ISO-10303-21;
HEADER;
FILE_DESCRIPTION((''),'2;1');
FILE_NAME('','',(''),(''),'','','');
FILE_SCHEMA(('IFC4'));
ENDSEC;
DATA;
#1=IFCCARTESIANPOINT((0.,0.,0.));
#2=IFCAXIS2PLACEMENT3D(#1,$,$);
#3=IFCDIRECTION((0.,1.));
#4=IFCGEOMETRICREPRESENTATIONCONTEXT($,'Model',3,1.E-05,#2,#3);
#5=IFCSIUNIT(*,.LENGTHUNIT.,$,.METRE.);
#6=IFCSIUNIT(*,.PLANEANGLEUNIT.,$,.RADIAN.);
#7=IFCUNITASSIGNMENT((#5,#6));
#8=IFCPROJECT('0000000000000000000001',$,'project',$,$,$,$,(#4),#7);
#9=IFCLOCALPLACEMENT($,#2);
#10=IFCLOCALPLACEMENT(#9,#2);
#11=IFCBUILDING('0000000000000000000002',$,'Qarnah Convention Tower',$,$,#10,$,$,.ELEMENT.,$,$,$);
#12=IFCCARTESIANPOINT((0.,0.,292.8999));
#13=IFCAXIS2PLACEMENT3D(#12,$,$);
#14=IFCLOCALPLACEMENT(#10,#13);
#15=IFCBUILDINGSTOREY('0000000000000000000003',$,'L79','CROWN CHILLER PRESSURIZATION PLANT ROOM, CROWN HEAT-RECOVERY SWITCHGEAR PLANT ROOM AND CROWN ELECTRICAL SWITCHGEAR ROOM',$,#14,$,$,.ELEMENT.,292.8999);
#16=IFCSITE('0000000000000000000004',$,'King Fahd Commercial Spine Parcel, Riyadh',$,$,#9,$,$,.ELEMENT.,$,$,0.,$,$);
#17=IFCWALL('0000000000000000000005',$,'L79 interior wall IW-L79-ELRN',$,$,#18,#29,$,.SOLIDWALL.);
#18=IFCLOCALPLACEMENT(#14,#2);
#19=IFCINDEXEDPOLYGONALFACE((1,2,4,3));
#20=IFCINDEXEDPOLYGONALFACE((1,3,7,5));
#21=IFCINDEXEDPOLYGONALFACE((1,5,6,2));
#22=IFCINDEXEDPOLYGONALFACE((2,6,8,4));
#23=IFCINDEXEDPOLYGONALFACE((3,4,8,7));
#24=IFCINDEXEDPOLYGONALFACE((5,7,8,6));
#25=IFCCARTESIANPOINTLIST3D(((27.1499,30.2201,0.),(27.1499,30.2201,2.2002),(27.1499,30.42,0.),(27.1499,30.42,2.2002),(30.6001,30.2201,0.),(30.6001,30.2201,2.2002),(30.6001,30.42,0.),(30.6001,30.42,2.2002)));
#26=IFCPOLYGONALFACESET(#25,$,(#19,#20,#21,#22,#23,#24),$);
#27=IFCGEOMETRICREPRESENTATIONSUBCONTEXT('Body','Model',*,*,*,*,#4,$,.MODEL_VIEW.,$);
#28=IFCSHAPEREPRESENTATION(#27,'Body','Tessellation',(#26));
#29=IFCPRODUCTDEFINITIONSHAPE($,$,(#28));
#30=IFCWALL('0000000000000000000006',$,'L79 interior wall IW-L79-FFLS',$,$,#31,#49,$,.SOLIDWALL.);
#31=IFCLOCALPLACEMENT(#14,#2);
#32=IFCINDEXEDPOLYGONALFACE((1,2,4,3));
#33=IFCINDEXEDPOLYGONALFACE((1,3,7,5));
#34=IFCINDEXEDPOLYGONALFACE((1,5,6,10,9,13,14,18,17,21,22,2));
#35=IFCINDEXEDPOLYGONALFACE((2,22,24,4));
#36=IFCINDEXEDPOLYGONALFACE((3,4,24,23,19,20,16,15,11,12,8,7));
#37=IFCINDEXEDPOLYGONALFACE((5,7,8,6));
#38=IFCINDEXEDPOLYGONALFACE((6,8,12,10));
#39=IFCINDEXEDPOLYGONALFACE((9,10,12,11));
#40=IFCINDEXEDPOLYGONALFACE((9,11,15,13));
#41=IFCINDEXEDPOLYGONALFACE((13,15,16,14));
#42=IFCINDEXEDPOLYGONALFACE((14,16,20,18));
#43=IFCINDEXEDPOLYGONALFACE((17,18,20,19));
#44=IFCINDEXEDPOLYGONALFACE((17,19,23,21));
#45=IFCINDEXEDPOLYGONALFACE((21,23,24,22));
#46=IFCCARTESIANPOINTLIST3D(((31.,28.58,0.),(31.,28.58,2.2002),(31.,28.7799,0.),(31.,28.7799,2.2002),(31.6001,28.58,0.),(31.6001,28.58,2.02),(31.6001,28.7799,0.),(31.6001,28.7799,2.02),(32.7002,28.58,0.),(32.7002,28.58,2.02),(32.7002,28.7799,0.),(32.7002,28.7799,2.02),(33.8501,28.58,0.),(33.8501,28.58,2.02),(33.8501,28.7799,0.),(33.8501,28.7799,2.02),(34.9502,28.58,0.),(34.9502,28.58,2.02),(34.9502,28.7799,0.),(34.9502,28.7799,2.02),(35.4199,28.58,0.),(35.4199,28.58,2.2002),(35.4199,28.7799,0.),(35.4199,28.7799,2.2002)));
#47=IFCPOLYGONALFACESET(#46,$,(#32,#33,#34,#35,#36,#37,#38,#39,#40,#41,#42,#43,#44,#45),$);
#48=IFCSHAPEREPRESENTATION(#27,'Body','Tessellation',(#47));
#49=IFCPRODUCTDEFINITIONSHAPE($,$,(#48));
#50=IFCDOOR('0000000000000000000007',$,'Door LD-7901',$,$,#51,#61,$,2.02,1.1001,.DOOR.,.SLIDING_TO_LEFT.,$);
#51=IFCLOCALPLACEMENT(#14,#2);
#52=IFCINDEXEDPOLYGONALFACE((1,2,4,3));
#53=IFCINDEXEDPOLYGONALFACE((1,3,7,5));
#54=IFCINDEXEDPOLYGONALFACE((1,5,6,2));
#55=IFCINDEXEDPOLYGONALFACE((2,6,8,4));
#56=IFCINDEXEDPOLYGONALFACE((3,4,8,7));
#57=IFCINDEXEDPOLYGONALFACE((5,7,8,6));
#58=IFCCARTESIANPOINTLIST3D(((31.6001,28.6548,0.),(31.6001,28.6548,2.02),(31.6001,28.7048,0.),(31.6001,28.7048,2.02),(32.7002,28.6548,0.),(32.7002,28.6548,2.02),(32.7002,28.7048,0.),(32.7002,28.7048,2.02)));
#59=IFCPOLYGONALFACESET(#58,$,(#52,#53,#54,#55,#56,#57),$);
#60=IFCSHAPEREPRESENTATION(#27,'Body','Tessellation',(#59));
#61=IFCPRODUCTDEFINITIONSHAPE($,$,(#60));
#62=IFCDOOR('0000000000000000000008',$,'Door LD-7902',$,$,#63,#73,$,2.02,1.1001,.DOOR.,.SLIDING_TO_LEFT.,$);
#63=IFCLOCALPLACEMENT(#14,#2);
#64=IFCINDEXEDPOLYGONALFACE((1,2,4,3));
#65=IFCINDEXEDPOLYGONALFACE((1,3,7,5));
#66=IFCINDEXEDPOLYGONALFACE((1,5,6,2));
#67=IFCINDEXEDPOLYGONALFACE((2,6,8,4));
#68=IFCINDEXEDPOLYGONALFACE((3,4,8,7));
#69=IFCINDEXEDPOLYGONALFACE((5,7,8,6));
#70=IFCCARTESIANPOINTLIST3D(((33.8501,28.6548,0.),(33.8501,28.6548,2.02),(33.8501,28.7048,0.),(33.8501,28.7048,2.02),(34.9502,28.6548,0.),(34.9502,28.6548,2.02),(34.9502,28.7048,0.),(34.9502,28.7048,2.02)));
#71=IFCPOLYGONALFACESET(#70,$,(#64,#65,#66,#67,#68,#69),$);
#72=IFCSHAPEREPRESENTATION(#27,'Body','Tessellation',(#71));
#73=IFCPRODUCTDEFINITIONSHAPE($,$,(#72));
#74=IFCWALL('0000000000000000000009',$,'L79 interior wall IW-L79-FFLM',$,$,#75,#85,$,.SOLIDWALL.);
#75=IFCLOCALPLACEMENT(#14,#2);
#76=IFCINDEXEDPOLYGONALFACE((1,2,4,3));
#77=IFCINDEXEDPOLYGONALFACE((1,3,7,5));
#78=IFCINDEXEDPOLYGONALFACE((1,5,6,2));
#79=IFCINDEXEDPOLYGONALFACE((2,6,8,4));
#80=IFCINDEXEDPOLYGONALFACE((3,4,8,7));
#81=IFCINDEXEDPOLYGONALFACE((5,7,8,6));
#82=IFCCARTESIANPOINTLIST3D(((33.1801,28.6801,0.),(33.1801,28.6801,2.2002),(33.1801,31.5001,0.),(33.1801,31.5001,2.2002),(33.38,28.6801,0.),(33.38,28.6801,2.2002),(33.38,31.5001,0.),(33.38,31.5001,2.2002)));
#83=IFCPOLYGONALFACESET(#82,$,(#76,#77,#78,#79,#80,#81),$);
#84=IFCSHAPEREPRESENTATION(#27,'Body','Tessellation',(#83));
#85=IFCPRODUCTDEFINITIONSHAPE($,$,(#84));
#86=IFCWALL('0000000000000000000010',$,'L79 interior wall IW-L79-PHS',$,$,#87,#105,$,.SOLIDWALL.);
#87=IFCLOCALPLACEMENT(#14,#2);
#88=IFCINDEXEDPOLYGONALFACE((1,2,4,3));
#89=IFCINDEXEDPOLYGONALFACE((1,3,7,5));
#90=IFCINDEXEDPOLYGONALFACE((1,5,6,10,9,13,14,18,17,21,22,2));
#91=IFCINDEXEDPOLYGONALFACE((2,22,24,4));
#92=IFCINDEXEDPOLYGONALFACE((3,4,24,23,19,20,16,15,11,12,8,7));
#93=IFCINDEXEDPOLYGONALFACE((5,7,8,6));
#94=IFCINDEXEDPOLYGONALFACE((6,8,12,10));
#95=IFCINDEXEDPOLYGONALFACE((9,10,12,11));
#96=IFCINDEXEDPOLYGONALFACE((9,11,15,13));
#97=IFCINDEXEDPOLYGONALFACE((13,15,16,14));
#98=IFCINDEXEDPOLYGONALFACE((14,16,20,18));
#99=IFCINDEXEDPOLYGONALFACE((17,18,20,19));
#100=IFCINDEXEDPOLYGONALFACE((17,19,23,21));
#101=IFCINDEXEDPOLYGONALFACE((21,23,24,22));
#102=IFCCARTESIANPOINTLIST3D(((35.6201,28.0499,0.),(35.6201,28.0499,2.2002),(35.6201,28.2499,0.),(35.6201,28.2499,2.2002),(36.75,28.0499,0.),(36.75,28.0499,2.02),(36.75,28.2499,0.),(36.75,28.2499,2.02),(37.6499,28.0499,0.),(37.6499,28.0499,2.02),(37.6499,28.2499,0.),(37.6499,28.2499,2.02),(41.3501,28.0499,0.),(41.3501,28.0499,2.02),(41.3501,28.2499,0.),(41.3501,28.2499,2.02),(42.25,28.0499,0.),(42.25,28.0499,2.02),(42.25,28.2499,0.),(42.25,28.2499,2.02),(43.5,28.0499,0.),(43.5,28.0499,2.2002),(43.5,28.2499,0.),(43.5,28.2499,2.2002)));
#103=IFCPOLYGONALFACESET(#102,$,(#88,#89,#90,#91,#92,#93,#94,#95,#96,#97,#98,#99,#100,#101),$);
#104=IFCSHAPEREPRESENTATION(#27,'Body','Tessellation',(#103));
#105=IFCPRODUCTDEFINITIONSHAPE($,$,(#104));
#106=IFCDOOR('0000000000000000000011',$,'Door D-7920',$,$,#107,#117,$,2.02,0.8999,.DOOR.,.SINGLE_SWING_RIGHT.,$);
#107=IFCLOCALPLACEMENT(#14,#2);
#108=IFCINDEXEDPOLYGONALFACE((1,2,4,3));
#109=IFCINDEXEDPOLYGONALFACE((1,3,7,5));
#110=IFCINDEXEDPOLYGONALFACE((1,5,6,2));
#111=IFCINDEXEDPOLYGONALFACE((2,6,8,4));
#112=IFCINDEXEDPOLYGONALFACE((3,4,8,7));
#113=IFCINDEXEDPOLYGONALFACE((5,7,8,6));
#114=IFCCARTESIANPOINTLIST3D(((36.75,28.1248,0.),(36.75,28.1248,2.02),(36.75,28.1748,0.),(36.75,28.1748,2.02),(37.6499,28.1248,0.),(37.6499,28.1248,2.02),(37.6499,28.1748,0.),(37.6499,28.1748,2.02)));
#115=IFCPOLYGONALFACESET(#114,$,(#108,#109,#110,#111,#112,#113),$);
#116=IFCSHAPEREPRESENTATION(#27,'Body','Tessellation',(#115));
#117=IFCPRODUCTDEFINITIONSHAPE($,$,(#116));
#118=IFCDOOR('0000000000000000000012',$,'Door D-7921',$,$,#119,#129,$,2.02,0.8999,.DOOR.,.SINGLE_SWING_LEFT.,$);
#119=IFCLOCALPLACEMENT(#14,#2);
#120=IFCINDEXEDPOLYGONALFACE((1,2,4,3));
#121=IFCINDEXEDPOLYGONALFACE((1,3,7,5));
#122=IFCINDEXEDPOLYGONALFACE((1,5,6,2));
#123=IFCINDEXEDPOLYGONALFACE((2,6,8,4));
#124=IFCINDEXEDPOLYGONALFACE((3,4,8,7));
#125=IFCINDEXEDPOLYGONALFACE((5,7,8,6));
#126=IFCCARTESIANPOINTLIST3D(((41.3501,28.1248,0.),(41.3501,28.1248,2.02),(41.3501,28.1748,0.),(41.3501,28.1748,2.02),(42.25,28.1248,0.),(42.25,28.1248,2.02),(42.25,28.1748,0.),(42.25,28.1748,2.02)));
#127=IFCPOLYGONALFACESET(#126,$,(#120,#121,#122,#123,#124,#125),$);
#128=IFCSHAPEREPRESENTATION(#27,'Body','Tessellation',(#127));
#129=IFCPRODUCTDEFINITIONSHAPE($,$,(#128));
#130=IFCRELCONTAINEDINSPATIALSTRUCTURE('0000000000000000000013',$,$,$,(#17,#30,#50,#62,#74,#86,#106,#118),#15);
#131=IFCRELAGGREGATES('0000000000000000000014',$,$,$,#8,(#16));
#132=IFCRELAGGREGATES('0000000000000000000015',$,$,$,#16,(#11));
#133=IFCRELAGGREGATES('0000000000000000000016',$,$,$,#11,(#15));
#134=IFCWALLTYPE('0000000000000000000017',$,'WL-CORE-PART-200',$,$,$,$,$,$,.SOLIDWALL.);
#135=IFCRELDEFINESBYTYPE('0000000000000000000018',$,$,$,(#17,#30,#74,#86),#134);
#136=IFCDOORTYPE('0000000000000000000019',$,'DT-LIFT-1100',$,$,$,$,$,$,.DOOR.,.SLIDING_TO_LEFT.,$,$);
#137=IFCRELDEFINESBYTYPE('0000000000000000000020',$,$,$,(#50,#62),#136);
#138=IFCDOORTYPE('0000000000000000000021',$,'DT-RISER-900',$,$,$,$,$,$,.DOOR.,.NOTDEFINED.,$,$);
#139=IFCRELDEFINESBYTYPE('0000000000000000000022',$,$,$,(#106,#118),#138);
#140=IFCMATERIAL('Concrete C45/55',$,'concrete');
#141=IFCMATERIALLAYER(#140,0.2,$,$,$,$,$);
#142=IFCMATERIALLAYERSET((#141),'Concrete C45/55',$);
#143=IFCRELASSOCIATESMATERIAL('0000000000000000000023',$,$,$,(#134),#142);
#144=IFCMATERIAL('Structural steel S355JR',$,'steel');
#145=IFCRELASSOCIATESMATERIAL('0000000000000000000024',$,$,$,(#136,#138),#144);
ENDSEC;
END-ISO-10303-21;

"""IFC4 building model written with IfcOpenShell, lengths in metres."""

from ifc_helpers import new_model, si_unit, direction, frame, frame_2d, origin, place, context, subcontext, project, spatial, rectangle, extrude, material, layer, layer_set, type_object, element, fill, save


model = new_model("IFC4")

# Units and contexts
model_context = context("Model", 3, precision=1e-05, world=origin(), true_north=direction((0.0, 1.0)))
body_context = subcontext(model_context, "Body", "Model", "MODEL_VIEW")
ifc_project = project(units=[si_unit("LENGTHUNIT", "METRE"), si_unit("PLANEANGLEUNIT", "RADIAN")], contexts=[model_context])

# Site, building, storey
site_placement = place(None, origin())
site = spatial("IfcSite", under=ifc_project, at=site_placement, Name="King Fahd Commercial Spine Parcel, Riyadh", CompositionType="ELEMENT", RefElevation=0.0)
building_placement = place(site_placement, origin())
building = spatial("IfcBuilding", under=site, at=building_placement, Name="Qarnah Convention Tower", CompositionType="ELEMENT")
storey_placement = place(building_placement, frame((0.0, 0.0, 292.8999)))
storey = spatial("IfcBuildingStorey", under=building, at=storey_placement, Name="L79", Description="CROWN CHILLER PRESSURIZATION PLANT ROOM, CROWN HEAT-RECOVERY SWITCHGEAR PLANT ROOM AND CROWN ELECTRICAL SWITCHGEAR ROOM", CompositionType="ELEMENT", Elevation=292.8999)

# Shared definitions
ifc_material_1 = material(Name="Structural steel S355JR", Category="steel")

# Wall
ifc_material_2 = material(Name="Concrete C45/55", Category="concrete")
ifc_layer_1 = layer(ifc_material_2, 0.2)
ifc_layer_set_1 = layer_set([ifc_layer_1], Name="Concrete C45/55")
wall_type_1 = type_object("IfcWallType", Name="WL-CORE-PART-200", PredefinedType="SOLIDWALL", material=ifc_layer_set_1)
wall_1_placement = place(storey_placement, frame((27.1499, 30.3201, 0.0), z_axis=(0.0, 0.0, 1.0), x_axis=(1.0, 0.0, 0.0)))
element("IfcWall", 1, at=wall_1_placement, inside=storey, type_object=wall_type_1, Name="L79 interior wall IW-L79-ELRN", PredefinedType="SOLIDWALL", context=body_context, shape_type="SweptSolid", body=[
    extrude(rectangle(XDim=3.4502, YDim=0.2, at=frame_2d((1.7251, 0.0))), origin(), (0.0, 0.0, 1.0), 2.2002),
])

# Wall, openings, doors
wall_2_placement = place(storey_placement, frame((31.0, 28.6799, 0.0), z_axis=(0.0, 0.0, 1.0), x_axis=(1.0, 0.0, 0.0)))
wall_2 = element("IfcWall", 2, at=wall_2_placement, inside=storey, type_object=wall_type_1, Name="L79 interior wall IW-L79-FFLS", PredefinedType="SOLIDWALL", context=body_context, shape_type="SweptSolid", body=[
    extrude(rectangle(XDim=4.4199, YDim=0.2, at=frame_2d((2.21, 0.0))), origin(), (0.0, 0.0, 1.0), 2.2002),
])
opening_1_placement = place(wall_2_placement, frame((0.6001, 0.0, 0.0)))
opening_1 = element("IfcOpeningElement", 3, at=opening_1_placement, cuts=wall_2, PredefinedType="OPENING", context=body_context, shape_type="SweptSolid", body=[
    extrude(rectangle(XDim=1.1001, YDim=2.02, at=frame_2d((0.55, 1.01))), frame((0.0, 0.1099, 0.0), z_axis=(0.0, -1.0, 0.0), x_axis=(1.0, 0.0, 0.0)), (0.0, 0.0, 1.0), 0.22),
])
opening_2_placement = place(wall_2_placement, frame((2.8501, 0.0, 0.0)))
opening_2 = element("IfcOpeningElement", 4, at=opening_2_placement, cuts=wall_2, PredefinedType="OPENING", context=body_context, shape_type="SweptSolid", body=[
    extrude(rectangle(XDim=1.1001, YDim=2.02, at=frame_2d((0.55, 1.01))), frame((0.0, 0.1099, 0.0), z_axis=(0.0, -1.0, 0.0), x_axis=(1.0, 0.0, 0.0)), (0.0, 0.0, 1.0), 0.22),
])
door_type_1 = type_object("IfcDoorType", Name="DT-LIFT-1100", OperationType="SLIDING_TO_LEFT", PredefinedType="DOOR", material=ifc_material_1)
door_1_placement = place(opening_1_placement, origin())
door_1 = element("IfcDoor", 5, at=door_1_placement, inside=storey, type_object=door_type_1, Name="Door LD-7901", OperationType="SLIDING_TO_LEFT", OverallHeight=2.02, OverallWidth=1.1001, PredefinedType="DOOR", context=body_context, shape_type="SweptSolid", body=[
    extrude(rectangle(XDim=1.1001, YDim=2.02, at=frame_2d((0.55, 1.01))), frame((0.0, 0.0249, 0.0), z_axis=(0.0, -1.0, 0.0), x_axis=(1.0, 0.0, 0.0)), (0.0, 0.0, 1.0), 0.05),
])
fill(opening_1, door_1)
door_2_placement = place(opening_2_placement, origin())
door_2 = element("IfcDoor", 6, at=door_2_placement, inside=storey, type_object=door_type_1, Name="Door LD-7902", OperationType="SLIDING_TO_LEFT", OverallHeight=2.02, OverallWidth=1.1001, PredefinedType="DOOR", context=body_context, shape_type="SweptSolid", body=[
    extrude(rectangle(XDim=1.1001, YDim=2.02, at=frame_2d((0.55, 1.01))), frame((0.0, 0.0249, 0.0), z_axis=(0.0, -1.0, 0.0), x_axis=(1.0, 0.0, 0.0)), (0.0, 0.0, 1.0), 0.05),
])
fill(opening_2, door_2)

# Wall
wall_3_placement = place(storey_placement, frame((33.28, 28.6799, 0.0), z_axis=(0.0, 0.0, 1.0), x_axis=(0.0, 1.0, 0.0)))
element("IfcWall", 7, at=wall_3_placement, inside=storey, type_object=wall_type_1, Name="L79 interior wall IW-L79-FFLM", PredefinedType="SOLIDWALL", context=body_context, shape_type="SweptSolid", body=[
    extrude(rectangle(XDim=2.8201, YDim=0.2, at=frame_2d((1.4102, 0.0))), origin(), (0.0, 0.0, 1.0), 2.2002),
])

# Wall, openings, doors
wall_4_placement = place(storey_placement, frame((35.6201, 28.1499, 0.0), z_axis=(0.0, 0.0, 1.0), x_axis=(1.0, 0.0, 0.0)))
wall_4 = element("IfcWall", 8, at=wall_4_placement, inside=storey, type_object=wall_type_1, Name="L79 interior wall IW-L79-PHS", PredefinedType="SOLIDWALL", context=body_context, shape_type="SweptSolid", body=[
    extrude(rectangle(XDim=7.8799, YDim=0.2, at=frame_2d((3.9399, 0.0))), origin(), (0.0, 0.0, 1.0), 2.2002),
])
opening_3_placement = place(wall_4_placement, frame((1.1299, 0.0, 0.0)))
opening_3 = element("IfcOpeningElement", 9, at=opening_3_placement, cuts=wall_4, PredefinedType="OPENING", context=body_context, shape_type="SweptSolid", body=[
    extrude(rectangle(XDim=0.8999, YDim=2.02, at=frame_2d((0.45, 1.01))), frame((0.0, 0.1099, 0.0), z_axis=(0.0, -1.0, 0.0), x_axis=(1.0, 0.0, 0.0)), (0.0, 0.0, 1.0), 0.22),
])
opening_4_placement = place(wall_4_placement, frame((5.73, 0.0, 0.0)))
opening_4 = element("IfcOpeningElement", 10, at=opening_4_placement, cuts=wall_4, PredefinedType="OPENING", context=body_context, shape_type="SweptSolid", body=[
    extrude(rectangle(XDim=0.8999, YDim=2.02, at=frame_2d((0.45, 1.01))), frame((0.0, 0.1099, 0.0), z_axis=(0.0, -1.0, 0.0), x_axis=(1.0, 0.0, 0.0)), (0.0, 0.0, 1.0), 0.22),
])
door_type_2 = type_object("IfcDoorType", Name="DT-RISER-900", OperationType="NOTDEFINED", PredefinedType="DOOR", material=ifc_material_1)
door_3_placement = place(opening_3_placement, origin())
door_3 = element("IfcDoor", 11, at=door_3_placement, inside=storey, type_object=door_type_2, Name="Door D-7920", OperationType="SINGLE_SWING_RIGHT", OverallHeight=2.02, OverallWidth=0.8999, PredefinedType="DOOR", context=body_context, shape_type="SweptSolid", body=[
    extrude(rectangle(XDim=0.8999, YDim=2.02, at=frame_2d((0.45, 1.01))), frame((0.0, 0.0249, 0.0), z_axis=(0.0, -1.0, 0.0), x_axis=(1.0, 0.0, 0.0)), (0.0, 0.0, 1.0), 0.05),
])
fill(opening_3, door_3)
door_4_placement = place(opening_4_placement, origin())
door_4 = element("IfcDoor", 12, at=door_4_placement, inside=storey, type_object=door_type_2, Name="Door D-7921", OperationType="SINGLE_SWING_LEFT", OverallHeight=2.02, OverallWidth=0.8999, PredefinedType="DOOR", context=body_context, shape_type="SweptSolid", body=[
    extrude(rectangle(XDim=0.8999, YDim=2.02, at=frame_2d((0.45, 1.01))), frame((0.0, 0.0249, 0.0), z_axis=(0.0, -1.0, 0.0), x_axis=(1.0, 0.0, 0.0)), (0.0, 0.0, 1.0), 0.05),
])
fill(opening_4, door_4)

save(model, "model.ifc")
